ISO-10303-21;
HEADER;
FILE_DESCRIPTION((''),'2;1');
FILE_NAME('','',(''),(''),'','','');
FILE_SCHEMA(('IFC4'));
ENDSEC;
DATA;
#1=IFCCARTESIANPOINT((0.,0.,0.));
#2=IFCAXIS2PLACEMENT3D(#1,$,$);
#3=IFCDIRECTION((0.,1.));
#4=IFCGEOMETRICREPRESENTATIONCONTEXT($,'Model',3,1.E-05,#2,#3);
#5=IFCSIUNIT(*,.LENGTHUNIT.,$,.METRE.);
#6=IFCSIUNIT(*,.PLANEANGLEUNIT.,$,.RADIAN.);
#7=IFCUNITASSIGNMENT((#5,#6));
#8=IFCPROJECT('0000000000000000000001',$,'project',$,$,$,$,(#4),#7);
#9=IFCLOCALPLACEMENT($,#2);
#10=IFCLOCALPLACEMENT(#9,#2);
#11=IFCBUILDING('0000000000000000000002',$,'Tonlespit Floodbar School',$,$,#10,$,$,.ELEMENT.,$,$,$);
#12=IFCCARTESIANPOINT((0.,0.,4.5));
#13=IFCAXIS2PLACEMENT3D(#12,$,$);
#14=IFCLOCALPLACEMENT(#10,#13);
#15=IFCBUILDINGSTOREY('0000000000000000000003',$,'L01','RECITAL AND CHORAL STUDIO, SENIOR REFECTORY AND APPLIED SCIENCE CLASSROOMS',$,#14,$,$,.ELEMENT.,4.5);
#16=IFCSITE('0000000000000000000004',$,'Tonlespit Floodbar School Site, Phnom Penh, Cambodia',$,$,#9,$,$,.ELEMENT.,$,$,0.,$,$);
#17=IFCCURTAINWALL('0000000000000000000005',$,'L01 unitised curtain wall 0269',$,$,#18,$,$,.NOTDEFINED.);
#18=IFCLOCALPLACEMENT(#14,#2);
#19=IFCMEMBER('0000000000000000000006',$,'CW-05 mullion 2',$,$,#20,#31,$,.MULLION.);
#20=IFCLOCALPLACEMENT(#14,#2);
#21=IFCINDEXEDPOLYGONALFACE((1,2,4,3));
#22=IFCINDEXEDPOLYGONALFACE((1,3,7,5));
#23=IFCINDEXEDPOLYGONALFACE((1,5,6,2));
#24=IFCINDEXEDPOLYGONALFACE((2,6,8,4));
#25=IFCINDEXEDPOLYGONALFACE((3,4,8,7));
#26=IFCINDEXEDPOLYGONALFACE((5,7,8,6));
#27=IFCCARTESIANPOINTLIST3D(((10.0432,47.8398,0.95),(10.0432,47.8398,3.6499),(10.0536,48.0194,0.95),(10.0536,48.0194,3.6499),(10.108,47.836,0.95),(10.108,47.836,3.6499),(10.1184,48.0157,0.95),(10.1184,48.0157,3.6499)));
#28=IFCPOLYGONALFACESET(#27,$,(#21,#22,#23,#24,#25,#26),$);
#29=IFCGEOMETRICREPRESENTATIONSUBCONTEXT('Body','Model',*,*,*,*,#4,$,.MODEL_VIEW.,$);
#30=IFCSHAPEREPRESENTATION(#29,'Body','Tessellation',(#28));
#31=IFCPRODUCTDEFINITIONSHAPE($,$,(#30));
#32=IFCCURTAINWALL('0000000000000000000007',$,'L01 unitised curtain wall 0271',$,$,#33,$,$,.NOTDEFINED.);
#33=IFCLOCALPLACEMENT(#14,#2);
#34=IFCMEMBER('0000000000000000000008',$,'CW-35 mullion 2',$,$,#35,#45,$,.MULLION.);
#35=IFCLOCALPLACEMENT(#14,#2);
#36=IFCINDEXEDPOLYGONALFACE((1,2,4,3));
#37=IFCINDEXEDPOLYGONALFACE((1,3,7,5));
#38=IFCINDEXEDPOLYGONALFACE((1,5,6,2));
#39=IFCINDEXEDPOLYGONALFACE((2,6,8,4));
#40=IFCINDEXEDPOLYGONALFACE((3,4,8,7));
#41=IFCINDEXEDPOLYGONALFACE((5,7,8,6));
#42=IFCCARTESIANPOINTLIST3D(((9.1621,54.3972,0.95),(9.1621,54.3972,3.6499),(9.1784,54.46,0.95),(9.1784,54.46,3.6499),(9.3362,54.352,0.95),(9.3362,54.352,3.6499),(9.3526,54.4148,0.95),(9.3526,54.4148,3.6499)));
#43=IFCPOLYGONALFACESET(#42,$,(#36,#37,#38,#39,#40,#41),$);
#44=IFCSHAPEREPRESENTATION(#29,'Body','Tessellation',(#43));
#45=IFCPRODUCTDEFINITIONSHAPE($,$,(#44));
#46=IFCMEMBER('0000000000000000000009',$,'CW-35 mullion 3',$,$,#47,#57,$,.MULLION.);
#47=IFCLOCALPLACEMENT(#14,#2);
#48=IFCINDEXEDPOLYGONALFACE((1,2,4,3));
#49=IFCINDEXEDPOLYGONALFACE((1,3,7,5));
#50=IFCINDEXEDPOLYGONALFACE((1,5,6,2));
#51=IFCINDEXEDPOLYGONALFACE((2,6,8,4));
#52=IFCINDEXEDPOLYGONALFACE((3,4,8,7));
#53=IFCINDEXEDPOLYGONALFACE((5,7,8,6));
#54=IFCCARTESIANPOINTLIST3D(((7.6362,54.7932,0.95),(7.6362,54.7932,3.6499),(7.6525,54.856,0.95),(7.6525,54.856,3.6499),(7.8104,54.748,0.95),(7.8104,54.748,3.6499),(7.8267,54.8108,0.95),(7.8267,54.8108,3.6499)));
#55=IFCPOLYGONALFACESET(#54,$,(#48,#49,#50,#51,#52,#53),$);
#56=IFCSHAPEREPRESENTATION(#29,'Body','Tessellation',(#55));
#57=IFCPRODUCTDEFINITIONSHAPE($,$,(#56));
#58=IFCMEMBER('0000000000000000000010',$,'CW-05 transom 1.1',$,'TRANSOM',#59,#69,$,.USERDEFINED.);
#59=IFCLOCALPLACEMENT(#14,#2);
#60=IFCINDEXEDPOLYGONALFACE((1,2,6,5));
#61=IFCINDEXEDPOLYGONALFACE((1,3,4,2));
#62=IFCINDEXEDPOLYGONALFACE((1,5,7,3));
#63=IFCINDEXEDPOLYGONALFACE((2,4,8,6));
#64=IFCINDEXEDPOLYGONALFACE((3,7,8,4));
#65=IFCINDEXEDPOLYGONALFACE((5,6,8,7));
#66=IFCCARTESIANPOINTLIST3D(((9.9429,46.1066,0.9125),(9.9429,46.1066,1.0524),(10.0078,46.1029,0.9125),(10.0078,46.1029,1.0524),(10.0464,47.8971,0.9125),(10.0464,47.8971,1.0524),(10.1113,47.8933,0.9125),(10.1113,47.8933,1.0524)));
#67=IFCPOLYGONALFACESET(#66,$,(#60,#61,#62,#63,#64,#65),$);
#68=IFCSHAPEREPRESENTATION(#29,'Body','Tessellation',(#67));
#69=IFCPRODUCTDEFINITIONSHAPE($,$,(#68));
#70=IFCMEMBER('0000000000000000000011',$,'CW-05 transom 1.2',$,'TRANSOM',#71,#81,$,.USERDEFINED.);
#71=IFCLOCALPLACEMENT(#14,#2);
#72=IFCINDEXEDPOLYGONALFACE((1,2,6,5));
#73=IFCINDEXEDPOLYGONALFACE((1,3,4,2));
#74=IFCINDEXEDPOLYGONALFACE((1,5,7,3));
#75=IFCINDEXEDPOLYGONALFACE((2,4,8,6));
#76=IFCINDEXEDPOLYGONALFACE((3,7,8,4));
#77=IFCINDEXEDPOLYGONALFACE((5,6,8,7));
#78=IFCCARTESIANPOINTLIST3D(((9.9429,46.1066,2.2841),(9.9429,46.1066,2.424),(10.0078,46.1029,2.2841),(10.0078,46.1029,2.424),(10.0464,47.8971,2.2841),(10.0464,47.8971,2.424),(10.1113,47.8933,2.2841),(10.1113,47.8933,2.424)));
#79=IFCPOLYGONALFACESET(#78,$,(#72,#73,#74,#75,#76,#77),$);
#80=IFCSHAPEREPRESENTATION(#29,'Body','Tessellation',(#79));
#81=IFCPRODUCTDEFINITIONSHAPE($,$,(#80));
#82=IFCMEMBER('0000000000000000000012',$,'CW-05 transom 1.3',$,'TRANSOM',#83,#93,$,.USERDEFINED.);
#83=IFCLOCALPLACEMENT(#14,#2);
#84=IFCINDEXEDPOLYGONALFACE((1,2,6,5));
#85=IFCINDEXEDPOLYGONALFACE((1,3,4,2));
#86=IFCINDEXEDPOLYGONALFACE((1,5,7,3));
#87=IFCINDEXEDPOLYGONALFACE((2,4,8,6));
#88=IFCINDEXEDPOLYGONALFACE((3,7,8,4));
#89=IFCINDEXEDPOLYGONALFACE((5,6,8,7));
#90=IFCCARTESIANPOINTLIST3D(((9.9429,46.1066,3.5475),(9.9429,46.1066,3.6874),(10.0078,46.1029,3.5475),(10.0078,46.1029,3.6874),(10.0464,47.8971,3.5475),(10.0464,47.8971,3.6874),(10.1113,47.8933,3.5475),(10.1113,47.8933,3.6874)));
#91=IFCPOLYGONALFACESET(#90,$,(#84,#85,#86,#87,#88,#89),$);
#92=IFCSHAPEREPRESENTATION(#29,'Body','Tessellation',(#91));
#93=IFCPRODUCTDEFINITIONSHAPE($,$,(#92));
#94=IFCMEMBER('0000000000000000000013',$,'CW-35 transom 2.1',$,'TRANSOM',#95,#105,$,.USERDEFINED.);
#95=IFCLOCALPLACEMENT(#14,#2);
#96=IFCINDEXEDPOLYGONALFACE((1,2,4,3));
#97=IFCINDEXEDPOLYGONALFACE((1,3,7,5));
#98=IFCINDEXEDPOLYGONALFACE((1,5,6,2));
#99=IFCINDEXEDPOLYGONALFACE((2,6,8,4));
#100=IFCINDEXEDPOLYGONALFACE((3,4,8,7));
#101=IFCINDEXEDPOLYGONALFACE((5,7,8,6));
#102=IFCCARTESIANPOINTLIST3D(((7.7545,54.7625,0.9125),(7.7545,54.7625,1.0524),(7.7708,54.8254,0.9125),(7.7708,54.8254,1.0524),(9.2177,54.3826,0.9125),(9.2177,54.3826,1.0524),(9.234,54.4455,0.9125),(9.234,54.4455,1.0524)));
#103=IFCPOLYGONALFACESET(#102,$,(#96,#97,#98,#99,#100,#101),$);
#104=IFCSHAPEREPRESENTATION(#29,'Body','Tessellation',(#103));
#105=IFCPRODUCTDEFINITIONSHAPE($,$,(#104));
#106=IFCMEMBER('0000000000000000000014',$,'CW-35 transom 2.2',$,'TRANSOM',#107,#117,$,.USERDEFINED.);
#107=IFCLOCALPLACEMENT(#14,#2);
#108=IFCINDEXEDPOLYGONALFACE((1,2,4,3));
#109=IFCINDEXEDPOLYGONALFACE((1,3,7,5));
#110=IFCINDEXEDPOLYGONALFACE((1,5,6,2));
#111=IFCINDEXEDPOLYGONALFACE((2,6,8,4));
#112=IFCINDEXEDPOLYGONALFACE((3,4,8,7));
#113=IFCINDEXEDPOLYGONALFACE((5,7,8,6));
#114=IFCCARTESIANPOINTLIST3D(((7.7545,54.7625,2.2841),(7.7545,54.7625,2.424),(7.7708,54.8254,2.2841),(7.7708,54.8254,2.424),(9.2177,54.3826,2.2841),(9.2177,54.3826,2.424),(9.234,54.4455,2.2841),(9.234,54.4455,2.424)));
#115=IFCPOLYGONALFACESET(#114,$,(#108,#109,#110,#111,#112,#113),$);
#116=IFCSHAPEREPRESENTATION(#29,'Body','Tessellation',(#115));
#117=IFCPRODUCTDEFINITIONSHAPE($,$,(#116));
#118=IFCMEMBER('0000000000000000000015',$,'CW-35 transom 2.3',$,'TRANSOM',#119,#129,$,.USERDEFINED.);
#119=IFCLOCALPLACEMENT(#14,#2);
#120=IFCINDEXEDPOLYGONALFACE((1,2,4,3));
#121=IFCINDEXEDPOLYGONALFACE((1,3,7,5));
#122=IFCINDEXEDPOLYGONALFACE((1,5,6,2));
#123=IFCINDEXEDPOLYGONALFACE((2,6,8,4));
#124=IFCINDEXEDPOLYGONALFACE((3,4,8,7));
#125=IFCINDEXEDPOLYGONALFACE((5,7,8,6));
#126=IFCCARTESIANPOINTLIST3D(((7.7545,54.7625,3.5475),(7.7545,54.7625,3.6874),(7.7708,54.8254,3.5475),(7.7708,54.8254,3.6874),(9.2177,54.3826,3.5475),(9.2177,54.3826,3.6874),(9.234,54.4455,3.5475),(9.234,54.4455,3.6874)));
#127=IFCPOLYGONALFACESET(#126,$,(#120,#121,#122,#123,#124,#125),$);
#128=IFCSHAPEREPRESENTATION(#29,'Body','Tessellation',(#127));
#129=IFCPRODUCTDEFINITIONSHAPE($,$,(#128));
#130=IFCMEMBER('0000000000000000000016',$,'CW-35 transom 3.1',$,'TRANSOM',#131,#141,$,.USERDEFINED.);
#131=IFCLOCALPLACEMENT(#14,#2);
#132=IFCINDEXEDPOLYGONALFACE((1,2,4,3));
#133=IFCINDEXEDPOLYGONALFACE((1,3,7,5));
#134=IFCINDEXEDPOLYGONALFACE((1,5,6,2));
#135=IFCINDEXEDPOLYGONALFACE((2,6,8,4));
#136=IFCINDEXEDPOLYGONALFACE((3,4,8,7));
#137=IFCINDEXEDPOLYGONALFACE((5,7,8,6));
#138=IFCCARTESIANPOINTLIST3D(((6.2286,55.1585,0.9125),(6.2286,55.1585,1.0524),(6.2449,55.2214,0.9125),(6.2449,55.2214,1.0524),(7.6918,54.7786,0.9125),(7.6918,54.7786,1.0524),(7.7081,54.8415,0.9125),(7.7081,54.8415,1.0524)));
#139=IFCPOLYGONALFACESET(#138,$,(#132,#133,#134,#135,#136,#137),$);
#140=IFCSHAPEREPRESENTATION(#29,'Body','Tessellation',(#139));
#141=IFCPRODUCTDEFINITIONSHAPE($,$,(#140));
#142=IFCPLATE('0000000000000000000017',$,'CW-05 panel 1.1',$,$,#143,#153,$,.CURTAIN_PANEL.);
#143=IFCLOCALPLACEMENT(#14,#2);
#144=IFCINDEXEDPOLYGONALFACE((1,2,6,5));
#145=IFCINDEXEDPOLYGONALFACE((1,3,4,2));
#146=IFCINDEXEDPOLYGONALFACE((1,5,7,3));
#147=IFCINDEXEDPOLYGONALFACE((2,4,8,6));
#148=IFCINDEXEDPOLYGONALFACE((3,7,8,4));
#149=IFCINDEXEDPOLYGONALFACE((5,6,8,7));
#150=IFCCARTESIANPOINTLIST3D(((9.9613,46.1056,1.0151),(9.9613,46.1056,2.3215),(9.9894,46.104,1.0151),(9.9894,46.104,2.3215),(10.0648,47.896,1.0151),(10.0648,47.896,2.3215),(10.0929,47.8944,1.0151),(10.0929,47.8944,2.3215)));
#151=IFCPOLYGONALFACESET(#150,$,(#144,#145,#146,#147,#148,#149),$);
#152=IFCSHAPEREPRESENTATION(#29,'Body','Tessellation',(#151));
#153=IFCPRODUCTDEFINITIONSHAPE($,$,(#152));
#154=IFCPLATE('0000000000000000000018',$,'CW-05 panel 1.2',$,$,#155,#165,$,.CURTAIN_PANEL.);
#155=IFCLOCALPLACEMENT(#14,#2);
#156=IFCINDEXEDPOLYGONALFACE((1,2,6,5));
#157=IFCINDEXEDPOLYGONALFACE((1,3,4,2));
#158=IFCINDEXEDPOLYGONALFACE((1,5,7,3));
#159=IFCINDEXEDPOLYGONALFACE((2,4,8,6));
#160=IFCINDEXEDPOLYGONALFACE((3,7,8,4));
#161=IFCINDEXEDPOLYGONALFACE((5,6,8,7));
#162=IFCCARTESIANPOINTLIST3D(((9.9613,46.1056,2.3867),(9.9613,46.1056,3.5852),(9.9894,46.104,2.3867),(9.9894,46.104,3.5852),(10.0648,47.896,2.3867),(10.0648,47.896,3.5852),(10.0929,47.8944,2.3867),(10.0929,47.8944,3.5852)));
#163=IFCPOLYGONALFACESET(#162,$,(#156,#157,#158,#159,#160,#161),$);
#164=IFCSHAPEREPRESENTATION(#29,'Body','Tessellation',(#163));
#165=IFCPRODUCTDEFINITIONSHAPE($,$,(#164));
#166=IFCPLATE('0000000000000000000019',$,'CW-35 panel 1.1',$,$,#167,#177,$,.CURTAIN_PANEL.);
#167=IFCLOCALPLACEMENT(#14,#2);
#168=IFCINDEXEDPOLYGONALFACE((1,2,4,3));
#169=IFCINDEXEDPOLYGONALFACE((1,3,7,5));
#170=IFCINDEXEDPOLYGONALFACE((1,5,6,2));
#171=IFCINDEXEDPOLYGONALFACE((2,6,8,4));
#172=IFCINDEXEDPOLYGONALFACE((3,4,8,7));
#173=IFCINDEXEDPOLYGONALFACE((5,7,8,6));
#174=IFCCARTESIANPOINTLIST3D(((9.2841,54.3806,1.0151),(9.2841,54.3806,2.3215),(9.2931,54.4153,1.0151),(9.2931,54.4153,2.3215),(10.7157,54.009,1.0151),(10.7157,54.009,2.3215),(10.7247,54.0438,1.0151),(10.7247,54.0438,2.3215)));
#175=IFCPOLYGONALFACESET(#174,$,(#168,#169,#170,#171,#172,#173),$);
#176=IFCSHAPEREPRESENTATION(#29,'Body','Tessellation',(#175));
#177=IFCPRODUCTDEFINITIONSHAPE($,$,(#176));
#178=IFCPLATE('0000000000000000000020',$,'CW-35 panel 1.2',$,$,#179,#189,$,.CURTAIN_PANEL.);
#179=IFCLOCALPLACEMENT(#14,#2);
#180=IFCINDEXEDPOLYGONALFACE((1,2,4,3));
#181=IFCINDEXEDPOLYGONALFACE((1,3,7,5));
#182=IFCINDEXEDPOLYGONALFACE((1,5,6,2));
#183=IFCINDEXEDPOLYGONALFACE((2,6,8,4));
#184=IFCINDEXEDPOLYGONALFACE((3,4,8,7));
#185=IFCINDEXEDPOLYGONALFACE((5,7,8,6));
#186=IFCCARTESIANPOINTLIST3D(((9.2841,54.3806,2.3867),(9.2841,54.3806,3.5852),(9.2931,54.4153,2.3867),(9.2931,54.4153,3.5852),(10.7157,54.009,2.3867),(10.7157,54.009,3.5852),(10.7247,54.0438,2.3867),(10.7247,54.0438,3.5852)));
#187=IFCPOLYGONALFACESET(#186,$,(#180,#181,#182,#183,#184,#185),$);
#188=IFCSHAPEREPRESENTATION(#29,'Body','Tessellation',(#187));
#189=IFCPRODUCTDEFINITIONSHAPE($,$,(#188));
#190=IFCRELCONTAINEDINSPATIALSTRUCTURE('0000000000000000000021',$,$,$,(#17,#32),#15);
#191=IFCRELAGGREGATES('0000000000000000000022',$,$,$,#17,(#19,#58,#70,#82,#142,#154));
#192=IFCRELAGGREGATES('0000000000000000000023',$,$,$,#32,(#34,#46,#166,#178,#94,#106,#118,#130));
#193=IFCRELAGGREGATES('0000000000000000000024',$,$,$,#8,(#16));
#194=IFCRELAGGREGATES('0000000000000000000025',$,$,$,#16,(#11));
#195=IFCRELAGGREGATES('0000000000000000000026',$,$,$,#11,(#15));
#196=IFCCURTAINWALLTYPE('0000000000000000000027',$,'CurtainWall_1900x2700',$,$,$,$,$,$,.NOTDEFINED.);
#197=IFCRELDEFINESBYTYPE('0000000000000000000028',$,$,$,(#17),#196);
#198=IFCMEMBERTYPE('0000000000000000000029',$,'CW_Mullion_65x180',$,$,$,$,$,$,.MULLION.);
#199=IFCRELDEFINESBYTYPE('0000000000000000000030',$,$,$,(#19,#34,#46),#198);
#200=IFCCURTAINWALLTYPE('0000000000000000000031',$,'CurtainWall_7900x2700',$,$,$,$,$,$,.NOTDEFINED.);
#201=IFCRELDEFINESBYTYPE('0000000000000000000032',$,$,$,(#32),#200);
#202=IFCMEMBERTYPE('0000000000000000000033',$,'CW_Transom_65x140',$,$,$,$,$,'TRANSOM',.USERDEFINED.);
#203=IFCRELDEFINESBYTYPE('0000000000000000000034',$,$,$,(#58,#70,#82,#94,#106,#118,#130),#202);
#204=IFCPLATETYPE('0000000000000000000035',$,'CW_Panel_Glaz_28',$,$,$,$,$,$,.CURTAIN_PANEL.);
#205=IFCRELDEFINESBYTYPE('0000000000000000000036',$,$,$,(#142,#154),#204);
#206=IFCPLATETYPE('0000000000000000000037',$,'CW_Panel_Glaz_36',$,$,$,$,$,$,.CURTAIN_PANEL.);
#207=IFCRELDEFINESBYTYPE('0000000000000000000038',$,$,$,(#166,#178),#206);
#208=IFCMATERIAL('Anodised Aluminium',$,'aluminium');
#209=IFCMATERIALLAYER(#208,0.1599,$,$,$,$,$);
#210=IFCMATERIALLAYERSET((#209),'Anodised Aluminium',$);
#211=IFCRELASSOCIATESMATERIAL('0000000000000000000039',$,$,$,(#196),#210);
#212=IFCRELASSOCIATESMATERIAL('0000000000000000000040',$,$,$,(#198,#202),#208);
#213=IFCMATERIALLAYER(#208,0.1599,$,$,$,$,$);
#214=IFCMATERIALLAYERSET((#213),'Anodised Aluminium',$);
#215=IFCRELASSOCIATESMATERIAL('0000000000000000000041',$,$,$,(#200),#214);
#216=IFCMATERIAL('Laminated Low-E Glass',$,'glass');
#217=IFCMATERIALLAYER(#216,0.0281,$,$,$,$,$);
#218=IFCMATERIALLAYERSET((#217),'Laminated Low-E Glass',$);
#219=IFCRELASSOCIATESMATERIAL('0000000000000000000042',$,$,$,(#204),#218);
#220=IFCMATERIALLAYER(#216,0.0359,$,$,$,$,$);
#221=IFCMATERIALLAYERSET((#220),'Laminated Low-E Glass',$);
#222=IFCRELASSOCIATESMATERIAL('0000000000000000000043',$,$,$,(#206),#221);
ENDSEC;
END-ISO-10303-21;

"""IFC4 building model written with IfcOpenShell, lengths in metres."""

from ifc_helpers import new_model, si_unit, direction, frame, origin, origin_2d, place, context, subcontext, project, spatial, rectangle, extrude, material, layer, layer_set, material_profile, profile_set, type_object, element, aggregate, save


model = new_model("IFC4")

# Units and contexts
model_context = context("Model", 3, precision=1e-05, world=origin(), true_north=direction((0.0, 1.0)))
body_context = subcontext(model_context, "Body", "Model", "MODEL_VIEW")
ifc_project = project(units=[si_unit("LENGTHUNIT", "METRE"), si_unit("PLANEANGLEUNIT", "RADIAN")], contexts=[model_context])

# Site, building, storey
site_placement = place(None, origin())
site = spatial("IfcSite", under=ifc_project, at=site_placement, Name="Tonlespit Floodbar School Site, Phnom Penh, Cambodia", CompositionType="ELEMENT", RefElevation=0.0)
building_placement = place(site_placement, origin())
building = spatial("IfcBuilding", under=site, at=building_placement, Name="Tonlespit Floodbar School", CompositionType="ELEMENT")
storey_placement = place(building_placement, frame((0.0, 0.0, 4.5)))
storey = spatial("IfcBuildingStorey", under=building, at=storey_placement, Name="L01", Description="RECITAL AND CHORAL STUDIO, SENIOR REFECTORY AND APPLIED SCIENCE CLASSROOMS", CompositionType="ELEMENT", Elevation=4.5)

# Curtain wall, member
ifc_material_1 = material(Name="Anodised Aluminium", Category="aluminium")
ifc_layer_1 = layer(ifc_material_1, 0.1599)
ifc_layer_set_1 = layer_set([ifc_layer_1], Name="Anodised Aluminium")
curtain_wall_type_1 = type_object("IfcCurtainWallType", Name="CurtainWall_1900x2700", PredefinedType="NOTDEFINED", material=ifc_layer_set_1)
curtain_wall_1_placement = place(storey_placement, origin())
curtain_wall_1 = element("IfcCurtainWall", 1, at=curtain_wall_1_placement, inside=storey, type_object=curtain_wall_type_1, Name="L01 unitised curtain wall 0269", PredefinedType="NOTDEFINED")
ifc_material_profile_1 = material_profile(ifc_material_1, rectangle(XDim=0.0649, YDim=0.1799, at=origin_2d()), Name="ALU M65x180")
ifc_profile_set_1 = profile_set([ifc_material_profile_1], Name="Anodised Aluminium")
member_type_1 = type_object("IfcMemberType", Name="CW_Mullion_65x180", PredefinedType="MULLION", material=ifc_profile_set_1)
member_1_placement = place(storey_placement, frame((10.0808, 47.9277, 0.95), z_axis=(0.0, 0.0, 1.0), x_axis=(-0.998333, 0.05771, 0.0)))
member_1 = element("IfcMember", 2, at=member_1_placement, type_object=member_type_1, Name="CW-05 mullion 2", PredefinedType="MULLION", context=body_context, shape_type="SweptSolid", body=[
    extrude(rectangle(XDim=0.0649, YDim=0.1799, at=origin_2d()), origin(), (0.0, 0.0, 1.0), 2.7),
])

# Curtain wall, members
ifc_layer_2 = layer(ifc_material_1, 0.1599)
ifc_layer_set_2 = layer_set([ifc_layer_2], Name="Anodised Aluminium")
curtain_wall_type_2 = type_object("IfcCurtainWallType", Name="CurtainWall_7900x2700", PredefinedType="NOTDEFINED", material=ifc_layer_set_2)
curtain_wall_2_placement = place(storey_placement, origin())
curtain_wall_2 = element("IfcCurtainWall", 3, at=curtain_wall_2_placement, inside=storey, type_object=curtain_wall_type_2, Name="L01 unitised curtain wall 0271", PredefinedType="NOTDEFINED")
member_2_placement = place(storey_placement, frame((9.2573, 54.406, 0.95), z_axis=(0.0, 0.0, 1.0), x_axis=(-0.251201, -0.967935, 0.0)))
member_2 = element("IfcMember", 4, at=member_2_placement, type_object=member_type_1, Name="CW-35 mullion 2", PredefinedType="MULLION", context=body_context, shape_type="SweptSolid", body=[
    extrude(rectangle(XDim=0.0649, YDim=0.1799, at=origin_2d()), origin(), (0.0, 0.0, 1.0), 2.7),
])
member_3_placement = place(storey_placement, frame((7.7314, 54.802, 0.95), z_axis=(0.0, 0.0, 1.0), x_axis=(-0.251201, -0.967935, 0.0)))
member_3 = element("IfcMember", 5, at=member_3_placement, type_object=member_type_1, Name="CW-35 mullion 3", PredefinedType="MULLION", context=body_context, shape_type="SweptSolid", body=[
    extrude(rectangle(XDim=0.0649, YDim=0.1799, at=origin_2d()), origin(), (0.0, 0.0, 1.0), 2.7),
])

# Members
ifc_material_profile_2 = material_profile(ifc_material_1, rectangle(XDim=0.0649, YDim=0.1399, at=origin_2d()), Name="ALU T65x140")
ifc_profile_set_2 = profile_set([ifc_material_profile_2], Name="Anodised Aluminium")
member_type_2 = type_object("IfcMemberType", Name="CW_Transom_65x140", ElementType="TRANSOM", PredefinedType="USERDEFINED", material=ifc_profile_set_2)
member_4_placement = place(storey_placement, frame((9.9753, 46.1047, 0.9824), z_axis=(0.057717, 0.998333, 0.0), x_axis=(-0.998333, 0.057717, 0.0)))
member_4 = element("IfcMember", 6, at=member_4_placement, type_object=member_type_2, Name="CW-05 transom 1.1", ObjectType="TRANSOM", PredefinedType="USERDEFINED", context=body_context, shape_type="SweptSolid", body=[
    extrude(rectangle(XDim=0.0649, YDim=0.1399, at=origin_2d()), origin(), (0.0, 0.0, 1.0), 1.7935),
])
member_5_placement = place(storey_placement, frame((9.9753, 46.1047, 2.354), z_axis=(0.057717, 0.998333, 0.0), x_axis=(-0.998333, 0.057717, 0.0)))
member_5 = element("IfcMember", 7, at=member_5_placement, type_object=member_type_2, Name="CW-05 transom 1.2", ObjectType="TRANSOM", PredefinedType="USERDEFINED", context=body_context, shape_type="SweptSolid", body=[
    extrude(rectangle(XDim=0.0649, YDim=0.1399, at=origin_2d()), origin(), (0.0, 0.0, 1.0), 1.7935),
])
member_6_placement = place(storey_placement, frame((9.9753, 46.1047, 3.6174), z_axis=(0.057717, 0.998333, 0.0), x_axis=(-0.998333, 0.057717, 0.0)))
member_6 = element("IfcMember", 8, at=member_6_placement, type_object=member_type_2, Name="CW-05 transom 1.3", ObjectType="TRANSOM", PredefinedType="USERDEFINED", context=body_context, shape_type="SweptSolid", body=[
    extrude(rectangle(XDim=0.0649, YDim=0.1399, at=origin_2d()), origin(), (0.0, 0.0, 1.0), 1.7935),
])
member_7_placement = place(storey_placement, frame((9.2258, 54.4141, 0.9824), z_axis=(-0.967908, 0.251304, 0.0), x_axis=(-0.251304, -0.967908, 0.0)))
member_7 = element("IfcMember", 9, at=member_7_placement, type_object=member_type_2, Name="CW-35 transom 2.1", ObjectType="TRANSOM", PredefinedType="USERDEFINED", context=body_context, shape_type="SweptSolid", body=[
    extrude(rectangle(XDim=0.0649, YDim=0.1399, at=origin_2d()), origin(), (0.0, 0.0, 1.0), 1.5117),
])
member_8_placement = place(storey_placement, frame((9.2258, 54.4141, 2.354), z_axis=(-0.967908, 0.251304, 0.0), x_axis=(-0.251304, -0.967908, 0.0)))
member_8 = element("IfcMember", 10, at=member_8_placement, type_object=member_type_2, Name="CW-35 transom 2.2", ObjectType="TRANSOM", PredefinedType="USERDEFINED", context=body_context, shape_type="SweptSolid", body=[
    extrude(rectangle(XDim=0.0649, YDim=0.1399, at=origin_2d()), origin(), (0.0, 0.0, 1.0), 1.5117),
])
member_9_placement = place(storey_placement, frame((9.2258, 54.4141, 3.6174), z_axis=(-0.967908, 0.251304, 0.0), x_axis=(-0.251304, -0.967908, 0.0)))
member_9 = element("IfcMember", 11, at=member_9_placement, type_object=member_type_2, Name="CW-35 transom 2.3", ObjectType="TRANSOM", PredefinedType="USERDEFINED", context=body_context, shape_type="SweptSolid", body=[
    extrude(rectangle(XDim=0.0649, YDim=0.1399, at=origin_2d()), origin(), (0.0, 0.0, 1.0), 1.5117),
])
member_10_placement = place(storey_placement, frame((7.7, 54.8101, 0.9824), z_axis=(-0.967908, 0.251304, 0.0), x_axis=(-0.251304, -0.967908, 0.0)))
member_10 = element("IfcMember", 12, at=member_10_placement, type_object=member_type_2, Name="CW-35 transom 3.1", ObjectType="TRANSOM", PredefinedType="USERDEFINED", context=body_context, shape_type="SweptSolid", body=[
    extrude(rectangle(XDim=0.0649, YDim=0.1399, at=origin_2d()), origin(), (0.0, 0.0, 1.0), 1.5117),
])

# Plates
ifc_material_2 = material(Name="Laminated Low-E Glass", Category="glass")
ifc_layer_3 = layer(ifc_material_2, 0.0281)
ifc_layer_set_3 = layer_set([ifc_layer_3], Name="Laminated Low-E Glass")
plate_type_1 = type_object("IfcPlateType", Name="CW_Panel_Glaz_28", PredefinedType="CURTAIN_PANEL", material=ifc_layer_set_3)
plate_1_placement = place(storey_placement, frame((10.0271, 47.0, 1.0151), z_axis=(0.0, 0.0, 1.0), x_axis=(0.05771, 0.998333, 0.0)))
plate_1 = element("IfcPlate", 13, at=plate_1_placement, type_object=plate_type_1, Name="CW-05 panel 1.1", PredefinedType="CURTAIN_PANEL", context=body_context, shape_type="SweptSolid", body=[
    extrude(rectangle(XDim=1.7935, YDim=0.0281, at=origin_2d()), origin(), (0.0, 0.0, 1.0), 1.3064),
])
plate_2_placement = place(storey_placement, frame((10.0271, 47.0, 2.3867), z_axis=(0.0, 0.0, 1.0), x_axis=(0.05771, 0.998333, 0.0)))
plate_2 = element("IfcPlate", 14, at=plate_2_placement, type_object=plate_type_1, Name="CW-05 panel 1.2", PredefinedType="CURTAIN_PANEL", context=body_context, shape_type="SweptSolid", body=[
    extrude(rectangle(XDim=1.7935, YDim=0.0281, at=origin_2d()), origin(), (0.0, 0.0, 1.0), 1.1985),
])
aggregate(curtain_wall_1, [member_1, member_4, member_5, member_6, plate_1, plate_2])
ifc_layer_4 = layer(ifc_material_2, 0.0359)
ifc_layer_set_4 = layer_set([ifc_layer_4], Name="Laminated Low-E Glass")
plate_type_2 = type_object("IfcPlateType", Name="CW_Panel_Glaz_36", PredefinedType="CURTAIN_PANEL", material=ifc_layer_set_4)
plate_3_placement = place(storey_placement, frame((10.0044, 54.2122, 1.0151), z_axis=(0.0, 0.0, 1.0), x_axis=(-0.967935, 0.251201, 0.0)))
plate_3 = element("IfcPlate", 15, at=plate_3_placement, type_object=plate_type_2, Name="CW-35 panel 1.1", PredefinedType="CURTAIN_PANEL", context=body_context, shape_type="SweptSolid", body=[
    extrude(rectangle(XDim=1.479, YDim=0.0359, at=origin_2d()), origin(), (0.0, 0.0, 1.0), 1.3064),
])
plate_4_placement = place(storey_placement, frame((10.0044, 54.2122, 2.3867), z_axis=(0.0, 0.0, 1.0), x_axis=(-0.967935, 0.251201, 0.0)))
plate_4 = element("IfcPlate", 16, at=plate_4_placement, type_object=plate_type_2, Name="CW-35 panel 1.2", PredefinedType="CURTAIN_PANEL", context=body_context, shape_type="SweptSolid", body=[
    extrude(rectangle(XDim=1.479, YDim=0.0359, at=origin_2d()), origin(), (0.0, 0.0, 1.0), 1.1985),
])
aggregate(curtain_wall_2, [member_2, member_3, plate_3, plate_4, member_7, member_8, member_9, member_10])

save(model, "model.ifc")
